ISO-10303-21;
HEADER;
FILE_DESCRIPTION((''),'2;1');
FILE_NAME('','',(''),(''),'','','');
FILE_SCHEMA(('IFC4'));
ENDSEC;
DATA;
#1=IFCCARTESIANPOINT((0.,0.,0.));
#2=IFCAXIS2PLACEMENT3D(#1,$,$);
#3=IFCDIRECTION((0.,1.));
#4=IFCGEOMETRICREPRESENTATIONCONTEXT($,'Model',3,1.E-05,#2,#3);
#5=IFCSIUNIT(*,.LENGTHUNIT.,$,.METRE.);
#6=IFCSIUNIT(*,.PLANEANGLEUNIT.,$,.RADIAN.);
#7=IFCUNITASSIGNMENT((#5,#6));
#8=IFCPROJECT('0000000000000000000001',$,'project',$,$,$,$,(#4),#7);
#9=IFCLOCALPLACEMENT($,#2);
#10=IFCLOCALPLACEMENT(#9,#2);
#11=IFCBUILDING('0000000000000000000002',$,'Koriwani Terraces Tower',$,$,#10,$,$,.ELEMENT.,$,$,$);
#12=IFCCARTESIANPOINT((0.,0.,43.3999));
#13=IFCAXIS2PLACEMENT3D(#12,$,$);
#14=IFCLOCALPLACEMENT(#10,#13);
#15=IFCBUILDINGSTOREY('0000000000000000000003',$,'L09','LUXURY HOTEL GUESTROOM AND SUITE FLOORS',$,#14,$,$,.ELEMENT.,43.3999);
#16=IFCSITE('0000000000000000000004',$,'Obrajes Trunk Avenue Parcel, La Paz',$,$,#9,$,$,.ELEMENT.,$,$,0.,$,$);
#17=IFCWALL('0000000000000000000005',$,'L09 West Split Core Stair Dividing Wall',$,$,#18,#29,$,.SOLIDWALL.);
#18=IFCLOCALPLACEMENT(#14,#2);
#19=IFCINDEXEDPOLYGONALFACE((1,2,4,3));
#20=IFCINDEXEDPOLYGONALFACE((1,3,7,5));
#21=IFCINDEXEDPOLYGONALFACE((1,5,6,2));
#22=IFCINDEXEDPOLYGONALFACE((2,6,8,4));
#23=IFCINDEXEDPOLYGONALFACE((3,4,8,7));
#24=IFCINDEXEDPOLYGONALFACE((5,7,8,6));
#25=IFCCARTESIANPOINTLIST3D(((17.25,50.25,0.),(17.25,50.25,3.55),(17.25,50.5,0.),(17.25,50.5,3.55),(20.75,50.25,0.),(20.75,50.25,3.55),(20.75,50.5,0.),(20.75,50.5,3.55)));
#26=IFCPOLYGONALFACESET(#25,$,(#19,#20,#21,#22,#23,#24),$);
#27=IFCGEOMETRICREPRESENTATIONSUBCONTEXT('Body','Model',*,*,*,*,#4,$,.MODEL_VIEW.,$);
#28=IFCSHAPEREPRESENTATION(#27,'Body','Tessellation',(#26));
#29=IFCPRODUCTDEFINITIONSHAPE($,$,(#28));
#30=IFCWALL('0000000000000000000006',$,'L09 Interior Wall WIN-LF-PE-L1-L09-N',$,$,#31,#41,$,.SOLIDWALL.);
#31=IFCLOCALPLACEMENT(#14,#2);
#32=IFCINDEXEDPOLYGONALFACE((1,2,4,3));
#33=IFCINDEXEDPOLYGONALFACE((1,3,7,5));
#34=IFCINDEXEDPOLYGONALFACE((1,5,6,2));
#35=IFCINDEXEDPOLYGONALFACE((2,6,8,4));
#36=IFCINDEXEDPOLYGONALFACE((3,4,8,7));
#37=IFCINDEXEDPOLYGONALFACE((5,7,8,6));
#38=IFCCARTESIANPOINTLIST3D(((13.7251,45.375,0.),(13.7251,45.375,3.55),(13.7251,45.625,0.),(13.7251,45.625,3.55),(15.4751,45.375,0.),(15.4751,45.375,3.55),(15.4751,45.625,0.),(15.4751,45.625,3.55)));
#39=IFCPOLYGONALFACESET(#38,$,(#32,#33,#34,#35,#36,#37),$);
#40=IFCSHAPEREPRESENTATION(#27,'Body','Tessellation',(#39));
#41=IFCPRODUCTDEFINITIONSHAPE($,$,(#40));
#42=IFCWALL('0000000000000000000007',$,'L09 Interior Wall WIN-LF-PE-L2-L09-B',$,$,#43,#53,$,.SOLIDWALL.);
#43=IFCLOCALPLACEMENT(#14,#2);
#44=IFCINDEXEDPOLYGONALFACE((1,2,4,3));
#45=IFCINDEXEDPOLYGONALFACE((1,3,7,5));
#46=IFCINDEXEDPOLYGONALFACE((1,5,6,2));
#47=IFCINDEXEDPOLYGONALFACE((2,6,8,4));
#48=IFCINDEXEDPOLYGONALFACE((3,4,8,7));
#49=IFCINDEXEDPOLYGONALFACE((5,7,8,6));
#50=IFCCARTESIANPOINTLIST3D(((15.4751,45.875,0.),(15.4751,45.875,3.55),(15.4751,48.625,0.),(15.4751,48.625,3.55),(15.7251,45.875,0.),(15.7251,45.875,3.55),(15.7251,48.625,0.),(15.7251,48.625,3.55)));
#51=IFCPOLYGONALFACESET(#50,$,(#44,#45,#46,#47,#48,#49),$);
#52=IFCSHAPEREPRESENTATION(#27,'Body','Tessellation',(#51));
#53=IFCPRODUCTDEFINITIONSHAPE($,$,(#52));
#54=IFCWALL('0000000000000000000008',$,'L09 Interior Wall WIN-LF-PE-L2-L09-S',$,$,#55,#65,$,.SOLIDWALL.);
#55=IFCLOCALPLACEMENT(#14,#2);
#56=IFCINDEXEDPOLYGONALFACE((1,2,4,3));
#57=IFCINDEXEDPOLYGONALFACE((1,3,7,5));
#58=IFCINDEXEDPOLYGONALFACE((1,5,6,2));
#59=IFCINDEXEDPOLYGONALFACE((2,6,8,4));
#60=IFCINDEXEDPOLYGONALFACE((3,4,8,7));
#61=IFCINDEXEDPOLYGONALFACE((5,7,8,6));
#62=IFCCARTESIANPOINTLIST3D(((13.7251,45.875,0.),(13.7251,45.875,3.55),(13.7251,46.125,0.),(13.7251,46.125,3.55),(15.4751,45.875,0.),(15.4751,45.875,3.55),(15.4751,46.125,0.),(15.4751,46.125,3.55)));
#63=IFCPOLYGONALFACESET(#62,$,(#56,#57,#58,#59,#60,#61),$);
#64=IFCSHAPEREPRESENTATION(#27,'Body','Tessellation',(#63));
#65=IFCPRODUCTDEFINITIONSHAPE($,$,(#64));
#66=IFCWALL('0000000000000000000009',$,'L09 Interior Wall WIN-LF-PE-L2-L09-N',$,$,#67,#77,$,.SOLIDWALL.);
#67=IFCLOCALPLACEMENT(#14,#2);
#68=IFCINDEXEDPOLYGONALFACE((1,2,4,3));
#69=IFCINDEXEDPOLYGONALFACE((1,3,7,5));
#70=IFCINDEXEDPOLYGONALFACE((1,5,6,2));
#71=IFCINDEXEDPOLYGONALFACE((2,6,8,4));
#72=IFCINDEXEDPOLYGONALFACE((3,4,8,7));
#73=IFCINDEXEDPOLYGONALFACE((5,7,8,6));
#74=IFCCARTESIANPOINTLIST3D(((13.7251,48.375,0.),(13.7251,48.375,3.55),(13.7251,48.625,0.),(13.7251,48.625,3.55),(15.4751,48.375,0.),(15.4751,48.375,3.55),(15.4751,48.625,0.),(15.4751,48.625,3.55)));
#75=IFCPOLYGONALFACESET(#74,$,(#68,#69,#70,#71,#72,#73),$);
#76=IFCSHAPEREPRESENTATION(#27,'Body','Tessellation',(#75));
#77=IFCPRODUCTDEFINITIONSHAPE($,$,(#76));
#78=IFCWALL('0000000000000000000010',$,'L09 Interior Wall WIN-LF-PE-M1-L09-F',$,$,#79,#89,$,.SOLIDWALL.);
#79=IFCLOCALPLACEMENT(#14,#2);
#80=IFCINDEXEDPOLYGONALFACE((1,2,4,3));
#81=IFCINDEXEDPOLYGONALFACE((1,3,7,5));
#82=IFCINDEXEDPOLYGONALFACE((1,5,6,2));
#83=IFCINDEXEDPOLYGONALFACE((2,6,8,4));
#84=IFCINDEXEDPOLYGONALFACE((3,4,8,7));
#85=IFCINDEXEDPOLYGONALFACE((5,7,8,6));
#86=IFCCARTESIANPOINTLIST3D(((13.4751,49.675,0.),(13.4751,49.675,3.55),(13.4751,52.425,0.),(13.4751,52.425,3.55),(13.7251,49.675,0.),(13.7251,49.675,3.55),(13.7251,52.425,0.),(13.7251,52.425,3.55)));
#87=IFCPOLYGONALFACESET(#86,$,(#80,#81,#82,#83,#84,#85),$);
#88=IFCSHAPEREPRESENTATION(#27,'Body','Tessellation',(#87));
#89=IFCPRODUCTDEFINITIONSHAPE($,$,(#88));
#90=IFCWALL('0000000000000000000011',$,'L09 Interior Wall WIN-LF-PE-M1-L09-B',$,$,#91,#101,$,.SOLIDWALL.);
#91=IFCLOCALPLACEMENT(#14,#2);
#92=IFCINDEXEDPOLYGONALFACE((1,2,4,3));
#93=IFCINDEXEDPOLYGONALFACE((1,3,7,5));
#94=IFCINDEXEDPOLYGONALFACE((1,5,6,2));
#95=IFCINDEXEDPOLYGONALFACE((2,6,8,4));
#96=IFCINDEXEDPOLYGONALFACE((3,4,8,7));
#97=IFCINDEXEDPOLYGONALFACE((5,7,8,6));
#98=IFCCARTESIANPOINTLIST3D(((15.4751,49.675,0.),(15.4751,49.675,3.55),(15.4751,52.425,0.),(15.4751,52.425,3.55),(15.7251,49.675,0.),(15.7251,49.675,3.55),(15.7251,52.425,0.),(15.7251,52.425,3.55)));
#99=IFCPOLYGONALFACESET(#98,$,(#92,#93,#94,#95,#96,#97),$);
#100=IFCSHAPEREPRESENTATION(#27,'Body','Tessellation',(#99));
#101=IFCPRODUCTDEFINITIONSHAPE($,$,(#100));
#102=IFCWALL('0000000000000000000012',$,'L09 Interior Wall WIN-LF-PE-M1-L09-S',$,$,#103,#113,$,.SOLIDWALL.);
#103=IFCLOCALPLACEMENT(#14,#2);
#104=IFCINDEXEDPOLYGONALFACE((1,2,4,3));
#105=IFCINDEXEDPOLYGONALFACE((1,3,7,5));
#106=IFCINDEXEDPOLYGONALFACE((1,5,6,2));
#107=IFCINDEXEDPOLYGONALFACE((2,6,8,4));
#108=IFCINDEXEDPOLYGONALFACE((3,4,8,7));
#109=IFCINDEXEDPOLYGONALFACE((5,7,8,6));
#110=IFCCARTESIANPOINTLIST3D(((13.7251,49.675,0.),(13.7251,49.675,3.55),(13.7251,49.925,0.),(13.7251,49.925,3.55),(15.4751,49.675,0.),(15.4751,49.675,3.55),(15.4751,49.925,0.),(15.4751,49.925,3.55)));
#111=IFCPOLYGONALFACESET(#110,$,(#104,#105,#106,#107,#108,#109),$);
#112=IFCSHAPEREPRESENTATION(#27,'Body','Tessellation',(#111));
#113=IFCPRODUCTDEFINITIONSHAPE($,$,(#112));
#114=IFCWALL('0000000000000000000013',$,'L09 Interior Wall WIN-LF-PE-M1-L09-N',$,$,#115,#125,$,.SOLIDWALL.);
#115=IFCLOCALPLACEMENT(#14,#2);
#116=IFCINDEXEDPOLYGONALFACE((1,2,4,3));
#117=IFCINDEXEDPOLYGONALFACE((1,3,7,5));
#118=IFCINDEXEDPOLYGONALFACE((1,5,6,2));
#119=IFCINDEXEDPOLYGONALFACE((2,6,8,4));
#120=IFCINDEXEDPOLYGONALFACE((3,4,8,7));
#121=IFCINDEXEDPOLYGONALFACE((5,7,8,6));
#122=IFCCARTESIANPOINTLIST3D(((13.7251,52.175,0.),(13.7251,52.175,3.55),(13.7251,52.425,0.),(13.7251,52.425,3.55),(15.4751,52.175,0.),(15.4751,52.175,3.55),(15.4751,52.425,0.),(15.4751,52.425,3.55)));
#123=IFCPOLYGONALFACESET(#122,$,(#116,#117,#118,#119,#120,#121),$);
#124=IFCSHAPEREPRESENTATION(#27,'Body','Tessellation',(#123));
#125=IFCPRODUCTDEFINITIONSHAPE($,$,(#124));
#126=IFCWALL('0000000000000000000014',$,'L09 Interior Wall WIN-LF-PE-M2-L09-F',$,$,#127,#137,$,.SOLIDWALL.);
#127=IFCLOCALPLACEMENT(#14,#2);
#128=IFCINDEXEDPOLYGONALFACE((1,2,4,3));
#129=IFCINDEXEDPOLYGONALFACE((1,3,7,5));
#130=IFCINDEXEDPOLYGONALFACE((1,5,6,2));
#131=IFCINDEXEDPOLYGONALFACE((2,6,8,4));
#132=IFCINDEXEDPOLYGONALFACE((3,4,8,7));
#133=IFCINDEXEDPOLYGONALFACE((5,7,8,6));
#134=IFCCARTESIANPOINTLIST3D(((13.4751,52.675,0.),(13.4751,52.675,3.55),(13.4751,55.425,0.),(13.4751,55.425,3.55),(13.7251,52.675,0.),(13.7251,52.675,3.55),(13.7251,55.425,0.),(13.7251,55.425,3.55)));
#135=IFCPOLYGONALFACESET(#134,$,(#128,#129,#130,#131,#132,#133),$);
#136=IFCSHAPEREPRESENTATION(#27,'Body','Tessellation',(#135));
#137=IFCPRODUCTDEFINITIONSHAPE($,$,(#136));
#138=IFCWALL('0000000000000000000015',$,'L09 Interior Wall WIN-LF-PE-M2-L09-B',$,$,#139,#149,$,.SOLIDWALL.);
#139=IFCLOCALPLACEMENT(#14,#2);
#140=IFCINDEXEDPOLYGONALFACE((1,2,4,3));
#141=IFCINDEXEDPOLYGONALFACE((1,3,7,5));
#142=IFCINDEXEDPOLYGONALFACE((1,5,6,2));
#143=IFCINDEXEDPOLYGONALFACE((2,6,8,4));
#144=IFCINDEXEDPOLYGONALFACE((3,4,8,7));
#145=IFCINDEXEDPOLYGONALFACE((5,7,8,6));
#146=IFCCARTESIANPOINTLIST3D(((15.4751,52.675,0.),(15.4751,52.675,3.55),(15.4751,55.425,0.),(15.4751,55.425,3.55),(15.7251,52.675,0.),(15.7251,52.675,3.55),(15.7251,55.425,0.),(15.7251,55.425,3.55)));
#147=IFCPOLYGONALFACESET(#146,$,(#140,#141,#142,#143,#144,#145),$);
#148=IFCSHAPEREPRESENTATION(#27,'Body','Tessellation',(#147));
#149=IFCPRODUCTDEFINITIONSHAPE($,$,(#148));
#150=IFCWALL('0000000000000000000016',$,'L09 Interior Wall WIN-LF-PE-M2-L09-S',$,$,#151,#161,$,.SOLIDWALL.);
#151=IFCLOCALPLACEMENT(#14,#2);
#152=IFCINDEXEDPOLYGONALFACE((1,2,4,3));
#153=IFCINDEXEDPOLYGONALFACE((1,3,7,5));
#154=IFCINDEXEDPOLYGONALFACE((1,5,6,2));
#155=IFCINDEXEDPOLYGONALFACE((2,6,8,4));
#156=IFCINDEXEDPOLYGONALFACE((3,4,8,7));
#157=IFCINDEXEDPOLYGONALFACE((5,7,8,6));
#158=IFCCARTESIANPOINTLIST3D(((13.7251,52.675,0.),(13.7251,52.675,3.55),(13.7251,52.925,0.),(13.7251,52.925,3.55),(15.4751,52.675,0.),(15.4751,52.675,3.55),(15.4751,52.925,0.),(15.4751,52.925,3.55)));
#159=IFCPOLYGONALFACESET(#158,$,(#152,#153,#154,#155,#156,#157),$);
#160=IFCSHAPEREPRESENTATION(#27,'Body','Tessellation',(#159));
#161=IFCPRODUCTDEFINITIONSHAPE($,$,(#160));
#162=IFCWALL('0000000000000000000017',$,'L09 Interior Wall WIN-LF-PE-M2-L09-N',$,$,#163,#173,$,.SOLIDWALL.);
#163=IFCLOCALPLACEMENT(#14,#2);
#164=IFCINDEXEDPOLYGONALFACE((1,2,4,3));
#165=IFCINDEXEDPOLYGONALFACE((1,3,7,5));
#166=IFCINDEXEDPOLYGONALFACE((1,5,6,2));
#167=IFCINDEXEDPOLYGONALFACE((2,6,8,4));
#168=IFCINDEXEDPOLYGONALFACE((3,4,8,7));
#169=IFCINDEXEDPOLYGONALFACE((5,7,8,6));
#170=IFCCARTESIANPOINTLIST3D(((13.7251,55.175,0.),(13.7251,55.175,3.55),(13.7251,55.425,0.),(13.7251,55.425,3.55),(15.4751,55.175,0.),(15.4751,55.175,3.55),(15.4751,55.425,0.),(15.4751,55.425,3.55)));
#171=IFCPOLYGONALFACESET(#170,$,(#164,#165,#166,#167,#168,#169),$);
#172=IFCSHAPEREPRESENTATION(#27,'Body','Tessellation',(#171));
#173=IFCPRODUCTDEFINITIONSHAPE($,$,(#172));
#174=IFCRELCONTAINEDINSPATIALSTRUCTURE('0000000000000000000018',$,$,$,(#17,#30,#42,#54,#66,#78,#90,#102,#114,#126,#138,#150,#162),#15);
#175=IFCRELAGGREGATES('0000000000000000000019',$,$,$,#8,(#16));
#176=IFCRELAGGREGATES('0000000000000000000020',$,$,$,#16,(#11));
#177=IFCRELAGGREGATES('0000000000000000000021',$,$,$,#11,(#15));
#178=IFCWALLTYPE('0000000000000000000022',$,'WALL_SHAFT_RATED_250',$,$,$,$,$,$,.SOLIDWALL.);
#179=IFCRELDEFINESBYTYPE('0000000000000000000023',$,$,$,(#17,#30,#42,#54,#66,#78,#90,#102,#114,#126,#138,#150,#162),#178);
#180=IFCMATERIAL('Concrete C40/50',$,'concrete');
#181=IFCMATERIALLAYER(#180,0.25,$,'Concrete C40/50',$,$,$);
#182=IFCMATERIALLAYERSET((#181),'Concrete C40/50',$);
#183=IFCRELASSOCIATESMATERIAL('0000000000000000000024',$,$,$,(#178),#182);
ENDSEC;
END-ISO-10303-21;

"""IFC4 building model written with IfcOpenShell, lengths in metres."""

from ifc_helpers import new_model, si_unit, direction, frame, frame_2d, origin, place, context, subcontext, project, spatial, rectangle, extrude, material, layer, layer_set, type_object, element, save


model = new_model("IFC4")

# Units and contexts
model_context = context("Model", 3, precision=1e-05, world=origin(), true_north=direction((0.0, 1.0)))
body_context = subcontext(model_context, "Body", "Model", "MODEL_VIEW")
ifc_project = project(units=[si_unit("LENGTHUNIT", "METRE"), si_unit("PLANEANGLEUNIT", "RADIAN")], contexts=[model_context])

# Site, building, storey
site_placement = place(None, origin())
site = spatial("IfcSite", under=ifc_project, at=site_placement, Name="Obrajes Trunk Avenue Parcel, La Paz", CompositionType="ELEMENT", RefElevation=0.0)
building_placement = place(site_placement, origin())
building = spatial("IfcBuilding", under=site, at=building_placement, Name="Koriwani Terraces Tower", CompositionType="ELEMENT")
storey_placement = place(building_placement, frame((0.0, 0.0, 43.3999)))
storey = spatial("IfcBuildingStorey", under=building, at=storey_placement, Name="L09", Description="LUXURY HOTEL GUESTROOM AND SUITE FLOORS", CompositionType="ELEMENT", Elevation=43.3999)

# Shared definitions
ifc_material_1 = material(Name="Concrete C40/50", Category="concrete")

# Walls
ifc_layer_1 = layer(ifc_material_1, 0.25, Name="Concrete C40/50")
ifc_layer_set_1 = layer_set([ifc_layer_1], Name="Concrete C40/50")
wall_type_1 = type_object("IfcWallType", Name="WALL_SHAFT_RATED_250", PredefinedType="SOLIDWALL", material=ifc_layer_set_1)
wall_1_placement = place(storey_placement, frame((17.25, 50.375, 0.0), z_axis=(0.0, 0.0, 1.0), x_axis=(1.0, 0.0, 0.0)))
element("IfcWall", 1, at=wall_1_placement, inside=storey, type_object=wall_type_1, Name="L09 West Split Core Stair Dividing Wall", PredefinedType="SOLIDWALL", context=body_context, shape_type="SweptSolid", body=[
    extrude(rectangle(XDim=3.5, YDim=0.25, at=frame_2d((1.75, 0.0))), origin(), (0.0, 0.0, 1.0), 3.55),
])
wall_2_placement = place(storey_placement, frame((13.7251, 45.5, 0.0), z_axis=(0.0, 0.0, 1.0), x_axis=(1.0, 0.0, 0.0)))
element("IfcWall", 2, at=wall_2_placement, inside=storey, type_object=wall_type_1, Name="L09 Interior Wall WIN-LF-PE-L1-L09-N", PredefinedType="SOLIDWALL", context=body_context, shape_type="SweptSolid", body=[
    extrude(rectangle(XDim=1.75, YDim=0.25, at=frame_2d((0.875, 0.0))), origin(), (0.0, 0.0, 1.0), 3.55),
])

# Walls
wall_3_placement = place(storey_placement, frame((15.6001, 45.875, 0.0), z_axis=(0.0, 0.0, 1.0), x_axis=(0.0, 1.0, 0.0)))
element("IfcWall", 3, at=wall_3_placement, inside=storey, type_object=wall_type_1, Name="L09 Interior Wall WIN-LF-PE-L2-L09-B", PredefinedType="SOLIDWALL", context=body_context, shape_type="SweptSolid", body=[
    extrude(rectangle(XDim=2.75, YDim=0.25, at=frame_2d((1.375, 0.0))), origin(), (0.0, 0.0, 1.0), 3.55),
])
for number, where, z_axis, x_axis, name in (
    (4, (13.7251, 46.0, 0.0), (0.0, 0.0, 1.0), (1.0, 0.0, 0.0), "L09 Interior Wall WIN-LF-PE-L2-L09-S"),
    (5, (13.7251, 48.5, 0.0), (0.0, 0.0, 1.0), (1.0, 0.0, 0.0), "L09 Interior Wall WIN-LF-PE-L2-L09-N"),
):
    element("IfcWall", number, at=place(storey_placement, frame(where, z_axis=z_axis, x_axis=x_axis)), inside=storey, type_object=wall_type_1, Name=name, PredefinedType="SOLIDWALL", context=body_context, shape_type="SweptSolid", body=[
        extrude(rectangle(XDim=1.75, YDim=0.25, at=frame_2d((0.875, 0.0))), origin(), (0.0, 0.0, 1.0), 3.55),
    ])
for number, where, z_axis, x_axis, name in (
    (6, (13.6001, 49.675, 0.0), (0.0, 0.0, 1.0), (0.0, 1.0, 0.0), "L09 Interior Wall WIN-LF-PE-M1-L09-F"),
    (7, (15.6001, 49.675, 0.0), (0.0, 0.0, 1.0), (0.0, 1.0, 0.0), "L09 Interior Wall WIN-LF-PE-M1-L09-B"),
):
    element("IfcWall", number, at=place(storey_placement, frame(where, z_axis=z_axis, x_axis=x_axis)), inside=storey, type_object=wall_type_1, Name=name, PredefinedType="SOLIDWALL", context=body_context, shape_type="SweptSolid", body=[
        extrude(rectangle(XDim=2.75, YDim=0.25, at=frame_2d((1.375, 0.0))), origin(), (0.0, 0.0, 1.0), 3.55),
    ])
for number, where, z_axis, x_axis, name in (
    (8, (13.7251, 49.8, 0.0), (0.0, 0.0, 1.0), (1.0, 0.0, 0.0), "L09 Interior Wall WIN-LF-PE-M1-L09-S"),
    (9, (13.7251, 52.3, 0.0), (0.0, 0.0, 1.0), (1.0, 0.0, 0.0), "L09 Interior Wall WIN-LF-PE-M1-L09-N"),
):
    element("IfcWall", number, at=place(storey_placement, frame(where, z_axis=z_axis, x_axis=x_axis)), inside=storey, type_object=wall_type_1, Name=name, PredefinedType="SOLIDWALL", context=body_context, shape_type="SweptSolid", body=[
        extrude(rectangle(XDim=1.75, YDim=0.25, at=frame_2d((0.875, 0.0))), origin(), (0.0, 0.0, 1.0), 3.55),
    ])
for number, where, z_axis, x_axis, name in (
    (10, (13.6001, 52.675, 0.0), (0.0, 0.0, 1.0), (0.0, 1.0, 0.0), "L09 Interior Wall WIN-LF-PE-M2-L09-F"),
    (11, (15.6001, 52.675, 0.0), (0.0, 0.0, 1.0), (0.0, 1.0, 0.0), "L09 Interior Wall WIN-LF-PE-M2-L09-B"),
):
    element("IfcWall", number, at=place(storey_placement, frame(where, z_axis=z_axis, x_axis=x_axis)), inside=storey, type_object=wall_type_1, Name=name, PredefinedType="SOLIDWALL", context=body_context, shape_type="SweptSolid", body=[
        extrude(rectangle(XDim=2.75, YDim=0.25, at=frame_2d((1.375, 0.0))), origin(), (0.0, 0.0, 1.0), 3.55),
    ])
for number, where, z_axis, x_axis, name in (
    (12, (13.7251, 52.8, 0.0), (0.0, 0.0, 1.0), (1.0, 0.0, 0.0), "L09 Interior Wall WIN-LF-PE-M2-L09-S"),
    (13, (13.7251, 55.3, 0.0), (0.0, 0.0, 1.0), (1.0, 0.0, 0.0), "L09 Interior Wall WIN-LF-PE-M2-L09-N"),
):
    element("IfcWall", number, at=place(storey_placement, frame(where, z_axis=z_axis, x_axis=x_axis)), inside=storey, type_object=wall_type_1, Name=name, PredefinedType="SOLIDWALL", context=body_context, shape_type="SweptSolid", body=[
        extrude(rectangle(XDim=1.75, YDim=0.25, at=frame_2d((0.875, 0.0))), origin(), (0.0, 0.0, 1.0), 3.55),
    ])

save(model, "model.ifc")
